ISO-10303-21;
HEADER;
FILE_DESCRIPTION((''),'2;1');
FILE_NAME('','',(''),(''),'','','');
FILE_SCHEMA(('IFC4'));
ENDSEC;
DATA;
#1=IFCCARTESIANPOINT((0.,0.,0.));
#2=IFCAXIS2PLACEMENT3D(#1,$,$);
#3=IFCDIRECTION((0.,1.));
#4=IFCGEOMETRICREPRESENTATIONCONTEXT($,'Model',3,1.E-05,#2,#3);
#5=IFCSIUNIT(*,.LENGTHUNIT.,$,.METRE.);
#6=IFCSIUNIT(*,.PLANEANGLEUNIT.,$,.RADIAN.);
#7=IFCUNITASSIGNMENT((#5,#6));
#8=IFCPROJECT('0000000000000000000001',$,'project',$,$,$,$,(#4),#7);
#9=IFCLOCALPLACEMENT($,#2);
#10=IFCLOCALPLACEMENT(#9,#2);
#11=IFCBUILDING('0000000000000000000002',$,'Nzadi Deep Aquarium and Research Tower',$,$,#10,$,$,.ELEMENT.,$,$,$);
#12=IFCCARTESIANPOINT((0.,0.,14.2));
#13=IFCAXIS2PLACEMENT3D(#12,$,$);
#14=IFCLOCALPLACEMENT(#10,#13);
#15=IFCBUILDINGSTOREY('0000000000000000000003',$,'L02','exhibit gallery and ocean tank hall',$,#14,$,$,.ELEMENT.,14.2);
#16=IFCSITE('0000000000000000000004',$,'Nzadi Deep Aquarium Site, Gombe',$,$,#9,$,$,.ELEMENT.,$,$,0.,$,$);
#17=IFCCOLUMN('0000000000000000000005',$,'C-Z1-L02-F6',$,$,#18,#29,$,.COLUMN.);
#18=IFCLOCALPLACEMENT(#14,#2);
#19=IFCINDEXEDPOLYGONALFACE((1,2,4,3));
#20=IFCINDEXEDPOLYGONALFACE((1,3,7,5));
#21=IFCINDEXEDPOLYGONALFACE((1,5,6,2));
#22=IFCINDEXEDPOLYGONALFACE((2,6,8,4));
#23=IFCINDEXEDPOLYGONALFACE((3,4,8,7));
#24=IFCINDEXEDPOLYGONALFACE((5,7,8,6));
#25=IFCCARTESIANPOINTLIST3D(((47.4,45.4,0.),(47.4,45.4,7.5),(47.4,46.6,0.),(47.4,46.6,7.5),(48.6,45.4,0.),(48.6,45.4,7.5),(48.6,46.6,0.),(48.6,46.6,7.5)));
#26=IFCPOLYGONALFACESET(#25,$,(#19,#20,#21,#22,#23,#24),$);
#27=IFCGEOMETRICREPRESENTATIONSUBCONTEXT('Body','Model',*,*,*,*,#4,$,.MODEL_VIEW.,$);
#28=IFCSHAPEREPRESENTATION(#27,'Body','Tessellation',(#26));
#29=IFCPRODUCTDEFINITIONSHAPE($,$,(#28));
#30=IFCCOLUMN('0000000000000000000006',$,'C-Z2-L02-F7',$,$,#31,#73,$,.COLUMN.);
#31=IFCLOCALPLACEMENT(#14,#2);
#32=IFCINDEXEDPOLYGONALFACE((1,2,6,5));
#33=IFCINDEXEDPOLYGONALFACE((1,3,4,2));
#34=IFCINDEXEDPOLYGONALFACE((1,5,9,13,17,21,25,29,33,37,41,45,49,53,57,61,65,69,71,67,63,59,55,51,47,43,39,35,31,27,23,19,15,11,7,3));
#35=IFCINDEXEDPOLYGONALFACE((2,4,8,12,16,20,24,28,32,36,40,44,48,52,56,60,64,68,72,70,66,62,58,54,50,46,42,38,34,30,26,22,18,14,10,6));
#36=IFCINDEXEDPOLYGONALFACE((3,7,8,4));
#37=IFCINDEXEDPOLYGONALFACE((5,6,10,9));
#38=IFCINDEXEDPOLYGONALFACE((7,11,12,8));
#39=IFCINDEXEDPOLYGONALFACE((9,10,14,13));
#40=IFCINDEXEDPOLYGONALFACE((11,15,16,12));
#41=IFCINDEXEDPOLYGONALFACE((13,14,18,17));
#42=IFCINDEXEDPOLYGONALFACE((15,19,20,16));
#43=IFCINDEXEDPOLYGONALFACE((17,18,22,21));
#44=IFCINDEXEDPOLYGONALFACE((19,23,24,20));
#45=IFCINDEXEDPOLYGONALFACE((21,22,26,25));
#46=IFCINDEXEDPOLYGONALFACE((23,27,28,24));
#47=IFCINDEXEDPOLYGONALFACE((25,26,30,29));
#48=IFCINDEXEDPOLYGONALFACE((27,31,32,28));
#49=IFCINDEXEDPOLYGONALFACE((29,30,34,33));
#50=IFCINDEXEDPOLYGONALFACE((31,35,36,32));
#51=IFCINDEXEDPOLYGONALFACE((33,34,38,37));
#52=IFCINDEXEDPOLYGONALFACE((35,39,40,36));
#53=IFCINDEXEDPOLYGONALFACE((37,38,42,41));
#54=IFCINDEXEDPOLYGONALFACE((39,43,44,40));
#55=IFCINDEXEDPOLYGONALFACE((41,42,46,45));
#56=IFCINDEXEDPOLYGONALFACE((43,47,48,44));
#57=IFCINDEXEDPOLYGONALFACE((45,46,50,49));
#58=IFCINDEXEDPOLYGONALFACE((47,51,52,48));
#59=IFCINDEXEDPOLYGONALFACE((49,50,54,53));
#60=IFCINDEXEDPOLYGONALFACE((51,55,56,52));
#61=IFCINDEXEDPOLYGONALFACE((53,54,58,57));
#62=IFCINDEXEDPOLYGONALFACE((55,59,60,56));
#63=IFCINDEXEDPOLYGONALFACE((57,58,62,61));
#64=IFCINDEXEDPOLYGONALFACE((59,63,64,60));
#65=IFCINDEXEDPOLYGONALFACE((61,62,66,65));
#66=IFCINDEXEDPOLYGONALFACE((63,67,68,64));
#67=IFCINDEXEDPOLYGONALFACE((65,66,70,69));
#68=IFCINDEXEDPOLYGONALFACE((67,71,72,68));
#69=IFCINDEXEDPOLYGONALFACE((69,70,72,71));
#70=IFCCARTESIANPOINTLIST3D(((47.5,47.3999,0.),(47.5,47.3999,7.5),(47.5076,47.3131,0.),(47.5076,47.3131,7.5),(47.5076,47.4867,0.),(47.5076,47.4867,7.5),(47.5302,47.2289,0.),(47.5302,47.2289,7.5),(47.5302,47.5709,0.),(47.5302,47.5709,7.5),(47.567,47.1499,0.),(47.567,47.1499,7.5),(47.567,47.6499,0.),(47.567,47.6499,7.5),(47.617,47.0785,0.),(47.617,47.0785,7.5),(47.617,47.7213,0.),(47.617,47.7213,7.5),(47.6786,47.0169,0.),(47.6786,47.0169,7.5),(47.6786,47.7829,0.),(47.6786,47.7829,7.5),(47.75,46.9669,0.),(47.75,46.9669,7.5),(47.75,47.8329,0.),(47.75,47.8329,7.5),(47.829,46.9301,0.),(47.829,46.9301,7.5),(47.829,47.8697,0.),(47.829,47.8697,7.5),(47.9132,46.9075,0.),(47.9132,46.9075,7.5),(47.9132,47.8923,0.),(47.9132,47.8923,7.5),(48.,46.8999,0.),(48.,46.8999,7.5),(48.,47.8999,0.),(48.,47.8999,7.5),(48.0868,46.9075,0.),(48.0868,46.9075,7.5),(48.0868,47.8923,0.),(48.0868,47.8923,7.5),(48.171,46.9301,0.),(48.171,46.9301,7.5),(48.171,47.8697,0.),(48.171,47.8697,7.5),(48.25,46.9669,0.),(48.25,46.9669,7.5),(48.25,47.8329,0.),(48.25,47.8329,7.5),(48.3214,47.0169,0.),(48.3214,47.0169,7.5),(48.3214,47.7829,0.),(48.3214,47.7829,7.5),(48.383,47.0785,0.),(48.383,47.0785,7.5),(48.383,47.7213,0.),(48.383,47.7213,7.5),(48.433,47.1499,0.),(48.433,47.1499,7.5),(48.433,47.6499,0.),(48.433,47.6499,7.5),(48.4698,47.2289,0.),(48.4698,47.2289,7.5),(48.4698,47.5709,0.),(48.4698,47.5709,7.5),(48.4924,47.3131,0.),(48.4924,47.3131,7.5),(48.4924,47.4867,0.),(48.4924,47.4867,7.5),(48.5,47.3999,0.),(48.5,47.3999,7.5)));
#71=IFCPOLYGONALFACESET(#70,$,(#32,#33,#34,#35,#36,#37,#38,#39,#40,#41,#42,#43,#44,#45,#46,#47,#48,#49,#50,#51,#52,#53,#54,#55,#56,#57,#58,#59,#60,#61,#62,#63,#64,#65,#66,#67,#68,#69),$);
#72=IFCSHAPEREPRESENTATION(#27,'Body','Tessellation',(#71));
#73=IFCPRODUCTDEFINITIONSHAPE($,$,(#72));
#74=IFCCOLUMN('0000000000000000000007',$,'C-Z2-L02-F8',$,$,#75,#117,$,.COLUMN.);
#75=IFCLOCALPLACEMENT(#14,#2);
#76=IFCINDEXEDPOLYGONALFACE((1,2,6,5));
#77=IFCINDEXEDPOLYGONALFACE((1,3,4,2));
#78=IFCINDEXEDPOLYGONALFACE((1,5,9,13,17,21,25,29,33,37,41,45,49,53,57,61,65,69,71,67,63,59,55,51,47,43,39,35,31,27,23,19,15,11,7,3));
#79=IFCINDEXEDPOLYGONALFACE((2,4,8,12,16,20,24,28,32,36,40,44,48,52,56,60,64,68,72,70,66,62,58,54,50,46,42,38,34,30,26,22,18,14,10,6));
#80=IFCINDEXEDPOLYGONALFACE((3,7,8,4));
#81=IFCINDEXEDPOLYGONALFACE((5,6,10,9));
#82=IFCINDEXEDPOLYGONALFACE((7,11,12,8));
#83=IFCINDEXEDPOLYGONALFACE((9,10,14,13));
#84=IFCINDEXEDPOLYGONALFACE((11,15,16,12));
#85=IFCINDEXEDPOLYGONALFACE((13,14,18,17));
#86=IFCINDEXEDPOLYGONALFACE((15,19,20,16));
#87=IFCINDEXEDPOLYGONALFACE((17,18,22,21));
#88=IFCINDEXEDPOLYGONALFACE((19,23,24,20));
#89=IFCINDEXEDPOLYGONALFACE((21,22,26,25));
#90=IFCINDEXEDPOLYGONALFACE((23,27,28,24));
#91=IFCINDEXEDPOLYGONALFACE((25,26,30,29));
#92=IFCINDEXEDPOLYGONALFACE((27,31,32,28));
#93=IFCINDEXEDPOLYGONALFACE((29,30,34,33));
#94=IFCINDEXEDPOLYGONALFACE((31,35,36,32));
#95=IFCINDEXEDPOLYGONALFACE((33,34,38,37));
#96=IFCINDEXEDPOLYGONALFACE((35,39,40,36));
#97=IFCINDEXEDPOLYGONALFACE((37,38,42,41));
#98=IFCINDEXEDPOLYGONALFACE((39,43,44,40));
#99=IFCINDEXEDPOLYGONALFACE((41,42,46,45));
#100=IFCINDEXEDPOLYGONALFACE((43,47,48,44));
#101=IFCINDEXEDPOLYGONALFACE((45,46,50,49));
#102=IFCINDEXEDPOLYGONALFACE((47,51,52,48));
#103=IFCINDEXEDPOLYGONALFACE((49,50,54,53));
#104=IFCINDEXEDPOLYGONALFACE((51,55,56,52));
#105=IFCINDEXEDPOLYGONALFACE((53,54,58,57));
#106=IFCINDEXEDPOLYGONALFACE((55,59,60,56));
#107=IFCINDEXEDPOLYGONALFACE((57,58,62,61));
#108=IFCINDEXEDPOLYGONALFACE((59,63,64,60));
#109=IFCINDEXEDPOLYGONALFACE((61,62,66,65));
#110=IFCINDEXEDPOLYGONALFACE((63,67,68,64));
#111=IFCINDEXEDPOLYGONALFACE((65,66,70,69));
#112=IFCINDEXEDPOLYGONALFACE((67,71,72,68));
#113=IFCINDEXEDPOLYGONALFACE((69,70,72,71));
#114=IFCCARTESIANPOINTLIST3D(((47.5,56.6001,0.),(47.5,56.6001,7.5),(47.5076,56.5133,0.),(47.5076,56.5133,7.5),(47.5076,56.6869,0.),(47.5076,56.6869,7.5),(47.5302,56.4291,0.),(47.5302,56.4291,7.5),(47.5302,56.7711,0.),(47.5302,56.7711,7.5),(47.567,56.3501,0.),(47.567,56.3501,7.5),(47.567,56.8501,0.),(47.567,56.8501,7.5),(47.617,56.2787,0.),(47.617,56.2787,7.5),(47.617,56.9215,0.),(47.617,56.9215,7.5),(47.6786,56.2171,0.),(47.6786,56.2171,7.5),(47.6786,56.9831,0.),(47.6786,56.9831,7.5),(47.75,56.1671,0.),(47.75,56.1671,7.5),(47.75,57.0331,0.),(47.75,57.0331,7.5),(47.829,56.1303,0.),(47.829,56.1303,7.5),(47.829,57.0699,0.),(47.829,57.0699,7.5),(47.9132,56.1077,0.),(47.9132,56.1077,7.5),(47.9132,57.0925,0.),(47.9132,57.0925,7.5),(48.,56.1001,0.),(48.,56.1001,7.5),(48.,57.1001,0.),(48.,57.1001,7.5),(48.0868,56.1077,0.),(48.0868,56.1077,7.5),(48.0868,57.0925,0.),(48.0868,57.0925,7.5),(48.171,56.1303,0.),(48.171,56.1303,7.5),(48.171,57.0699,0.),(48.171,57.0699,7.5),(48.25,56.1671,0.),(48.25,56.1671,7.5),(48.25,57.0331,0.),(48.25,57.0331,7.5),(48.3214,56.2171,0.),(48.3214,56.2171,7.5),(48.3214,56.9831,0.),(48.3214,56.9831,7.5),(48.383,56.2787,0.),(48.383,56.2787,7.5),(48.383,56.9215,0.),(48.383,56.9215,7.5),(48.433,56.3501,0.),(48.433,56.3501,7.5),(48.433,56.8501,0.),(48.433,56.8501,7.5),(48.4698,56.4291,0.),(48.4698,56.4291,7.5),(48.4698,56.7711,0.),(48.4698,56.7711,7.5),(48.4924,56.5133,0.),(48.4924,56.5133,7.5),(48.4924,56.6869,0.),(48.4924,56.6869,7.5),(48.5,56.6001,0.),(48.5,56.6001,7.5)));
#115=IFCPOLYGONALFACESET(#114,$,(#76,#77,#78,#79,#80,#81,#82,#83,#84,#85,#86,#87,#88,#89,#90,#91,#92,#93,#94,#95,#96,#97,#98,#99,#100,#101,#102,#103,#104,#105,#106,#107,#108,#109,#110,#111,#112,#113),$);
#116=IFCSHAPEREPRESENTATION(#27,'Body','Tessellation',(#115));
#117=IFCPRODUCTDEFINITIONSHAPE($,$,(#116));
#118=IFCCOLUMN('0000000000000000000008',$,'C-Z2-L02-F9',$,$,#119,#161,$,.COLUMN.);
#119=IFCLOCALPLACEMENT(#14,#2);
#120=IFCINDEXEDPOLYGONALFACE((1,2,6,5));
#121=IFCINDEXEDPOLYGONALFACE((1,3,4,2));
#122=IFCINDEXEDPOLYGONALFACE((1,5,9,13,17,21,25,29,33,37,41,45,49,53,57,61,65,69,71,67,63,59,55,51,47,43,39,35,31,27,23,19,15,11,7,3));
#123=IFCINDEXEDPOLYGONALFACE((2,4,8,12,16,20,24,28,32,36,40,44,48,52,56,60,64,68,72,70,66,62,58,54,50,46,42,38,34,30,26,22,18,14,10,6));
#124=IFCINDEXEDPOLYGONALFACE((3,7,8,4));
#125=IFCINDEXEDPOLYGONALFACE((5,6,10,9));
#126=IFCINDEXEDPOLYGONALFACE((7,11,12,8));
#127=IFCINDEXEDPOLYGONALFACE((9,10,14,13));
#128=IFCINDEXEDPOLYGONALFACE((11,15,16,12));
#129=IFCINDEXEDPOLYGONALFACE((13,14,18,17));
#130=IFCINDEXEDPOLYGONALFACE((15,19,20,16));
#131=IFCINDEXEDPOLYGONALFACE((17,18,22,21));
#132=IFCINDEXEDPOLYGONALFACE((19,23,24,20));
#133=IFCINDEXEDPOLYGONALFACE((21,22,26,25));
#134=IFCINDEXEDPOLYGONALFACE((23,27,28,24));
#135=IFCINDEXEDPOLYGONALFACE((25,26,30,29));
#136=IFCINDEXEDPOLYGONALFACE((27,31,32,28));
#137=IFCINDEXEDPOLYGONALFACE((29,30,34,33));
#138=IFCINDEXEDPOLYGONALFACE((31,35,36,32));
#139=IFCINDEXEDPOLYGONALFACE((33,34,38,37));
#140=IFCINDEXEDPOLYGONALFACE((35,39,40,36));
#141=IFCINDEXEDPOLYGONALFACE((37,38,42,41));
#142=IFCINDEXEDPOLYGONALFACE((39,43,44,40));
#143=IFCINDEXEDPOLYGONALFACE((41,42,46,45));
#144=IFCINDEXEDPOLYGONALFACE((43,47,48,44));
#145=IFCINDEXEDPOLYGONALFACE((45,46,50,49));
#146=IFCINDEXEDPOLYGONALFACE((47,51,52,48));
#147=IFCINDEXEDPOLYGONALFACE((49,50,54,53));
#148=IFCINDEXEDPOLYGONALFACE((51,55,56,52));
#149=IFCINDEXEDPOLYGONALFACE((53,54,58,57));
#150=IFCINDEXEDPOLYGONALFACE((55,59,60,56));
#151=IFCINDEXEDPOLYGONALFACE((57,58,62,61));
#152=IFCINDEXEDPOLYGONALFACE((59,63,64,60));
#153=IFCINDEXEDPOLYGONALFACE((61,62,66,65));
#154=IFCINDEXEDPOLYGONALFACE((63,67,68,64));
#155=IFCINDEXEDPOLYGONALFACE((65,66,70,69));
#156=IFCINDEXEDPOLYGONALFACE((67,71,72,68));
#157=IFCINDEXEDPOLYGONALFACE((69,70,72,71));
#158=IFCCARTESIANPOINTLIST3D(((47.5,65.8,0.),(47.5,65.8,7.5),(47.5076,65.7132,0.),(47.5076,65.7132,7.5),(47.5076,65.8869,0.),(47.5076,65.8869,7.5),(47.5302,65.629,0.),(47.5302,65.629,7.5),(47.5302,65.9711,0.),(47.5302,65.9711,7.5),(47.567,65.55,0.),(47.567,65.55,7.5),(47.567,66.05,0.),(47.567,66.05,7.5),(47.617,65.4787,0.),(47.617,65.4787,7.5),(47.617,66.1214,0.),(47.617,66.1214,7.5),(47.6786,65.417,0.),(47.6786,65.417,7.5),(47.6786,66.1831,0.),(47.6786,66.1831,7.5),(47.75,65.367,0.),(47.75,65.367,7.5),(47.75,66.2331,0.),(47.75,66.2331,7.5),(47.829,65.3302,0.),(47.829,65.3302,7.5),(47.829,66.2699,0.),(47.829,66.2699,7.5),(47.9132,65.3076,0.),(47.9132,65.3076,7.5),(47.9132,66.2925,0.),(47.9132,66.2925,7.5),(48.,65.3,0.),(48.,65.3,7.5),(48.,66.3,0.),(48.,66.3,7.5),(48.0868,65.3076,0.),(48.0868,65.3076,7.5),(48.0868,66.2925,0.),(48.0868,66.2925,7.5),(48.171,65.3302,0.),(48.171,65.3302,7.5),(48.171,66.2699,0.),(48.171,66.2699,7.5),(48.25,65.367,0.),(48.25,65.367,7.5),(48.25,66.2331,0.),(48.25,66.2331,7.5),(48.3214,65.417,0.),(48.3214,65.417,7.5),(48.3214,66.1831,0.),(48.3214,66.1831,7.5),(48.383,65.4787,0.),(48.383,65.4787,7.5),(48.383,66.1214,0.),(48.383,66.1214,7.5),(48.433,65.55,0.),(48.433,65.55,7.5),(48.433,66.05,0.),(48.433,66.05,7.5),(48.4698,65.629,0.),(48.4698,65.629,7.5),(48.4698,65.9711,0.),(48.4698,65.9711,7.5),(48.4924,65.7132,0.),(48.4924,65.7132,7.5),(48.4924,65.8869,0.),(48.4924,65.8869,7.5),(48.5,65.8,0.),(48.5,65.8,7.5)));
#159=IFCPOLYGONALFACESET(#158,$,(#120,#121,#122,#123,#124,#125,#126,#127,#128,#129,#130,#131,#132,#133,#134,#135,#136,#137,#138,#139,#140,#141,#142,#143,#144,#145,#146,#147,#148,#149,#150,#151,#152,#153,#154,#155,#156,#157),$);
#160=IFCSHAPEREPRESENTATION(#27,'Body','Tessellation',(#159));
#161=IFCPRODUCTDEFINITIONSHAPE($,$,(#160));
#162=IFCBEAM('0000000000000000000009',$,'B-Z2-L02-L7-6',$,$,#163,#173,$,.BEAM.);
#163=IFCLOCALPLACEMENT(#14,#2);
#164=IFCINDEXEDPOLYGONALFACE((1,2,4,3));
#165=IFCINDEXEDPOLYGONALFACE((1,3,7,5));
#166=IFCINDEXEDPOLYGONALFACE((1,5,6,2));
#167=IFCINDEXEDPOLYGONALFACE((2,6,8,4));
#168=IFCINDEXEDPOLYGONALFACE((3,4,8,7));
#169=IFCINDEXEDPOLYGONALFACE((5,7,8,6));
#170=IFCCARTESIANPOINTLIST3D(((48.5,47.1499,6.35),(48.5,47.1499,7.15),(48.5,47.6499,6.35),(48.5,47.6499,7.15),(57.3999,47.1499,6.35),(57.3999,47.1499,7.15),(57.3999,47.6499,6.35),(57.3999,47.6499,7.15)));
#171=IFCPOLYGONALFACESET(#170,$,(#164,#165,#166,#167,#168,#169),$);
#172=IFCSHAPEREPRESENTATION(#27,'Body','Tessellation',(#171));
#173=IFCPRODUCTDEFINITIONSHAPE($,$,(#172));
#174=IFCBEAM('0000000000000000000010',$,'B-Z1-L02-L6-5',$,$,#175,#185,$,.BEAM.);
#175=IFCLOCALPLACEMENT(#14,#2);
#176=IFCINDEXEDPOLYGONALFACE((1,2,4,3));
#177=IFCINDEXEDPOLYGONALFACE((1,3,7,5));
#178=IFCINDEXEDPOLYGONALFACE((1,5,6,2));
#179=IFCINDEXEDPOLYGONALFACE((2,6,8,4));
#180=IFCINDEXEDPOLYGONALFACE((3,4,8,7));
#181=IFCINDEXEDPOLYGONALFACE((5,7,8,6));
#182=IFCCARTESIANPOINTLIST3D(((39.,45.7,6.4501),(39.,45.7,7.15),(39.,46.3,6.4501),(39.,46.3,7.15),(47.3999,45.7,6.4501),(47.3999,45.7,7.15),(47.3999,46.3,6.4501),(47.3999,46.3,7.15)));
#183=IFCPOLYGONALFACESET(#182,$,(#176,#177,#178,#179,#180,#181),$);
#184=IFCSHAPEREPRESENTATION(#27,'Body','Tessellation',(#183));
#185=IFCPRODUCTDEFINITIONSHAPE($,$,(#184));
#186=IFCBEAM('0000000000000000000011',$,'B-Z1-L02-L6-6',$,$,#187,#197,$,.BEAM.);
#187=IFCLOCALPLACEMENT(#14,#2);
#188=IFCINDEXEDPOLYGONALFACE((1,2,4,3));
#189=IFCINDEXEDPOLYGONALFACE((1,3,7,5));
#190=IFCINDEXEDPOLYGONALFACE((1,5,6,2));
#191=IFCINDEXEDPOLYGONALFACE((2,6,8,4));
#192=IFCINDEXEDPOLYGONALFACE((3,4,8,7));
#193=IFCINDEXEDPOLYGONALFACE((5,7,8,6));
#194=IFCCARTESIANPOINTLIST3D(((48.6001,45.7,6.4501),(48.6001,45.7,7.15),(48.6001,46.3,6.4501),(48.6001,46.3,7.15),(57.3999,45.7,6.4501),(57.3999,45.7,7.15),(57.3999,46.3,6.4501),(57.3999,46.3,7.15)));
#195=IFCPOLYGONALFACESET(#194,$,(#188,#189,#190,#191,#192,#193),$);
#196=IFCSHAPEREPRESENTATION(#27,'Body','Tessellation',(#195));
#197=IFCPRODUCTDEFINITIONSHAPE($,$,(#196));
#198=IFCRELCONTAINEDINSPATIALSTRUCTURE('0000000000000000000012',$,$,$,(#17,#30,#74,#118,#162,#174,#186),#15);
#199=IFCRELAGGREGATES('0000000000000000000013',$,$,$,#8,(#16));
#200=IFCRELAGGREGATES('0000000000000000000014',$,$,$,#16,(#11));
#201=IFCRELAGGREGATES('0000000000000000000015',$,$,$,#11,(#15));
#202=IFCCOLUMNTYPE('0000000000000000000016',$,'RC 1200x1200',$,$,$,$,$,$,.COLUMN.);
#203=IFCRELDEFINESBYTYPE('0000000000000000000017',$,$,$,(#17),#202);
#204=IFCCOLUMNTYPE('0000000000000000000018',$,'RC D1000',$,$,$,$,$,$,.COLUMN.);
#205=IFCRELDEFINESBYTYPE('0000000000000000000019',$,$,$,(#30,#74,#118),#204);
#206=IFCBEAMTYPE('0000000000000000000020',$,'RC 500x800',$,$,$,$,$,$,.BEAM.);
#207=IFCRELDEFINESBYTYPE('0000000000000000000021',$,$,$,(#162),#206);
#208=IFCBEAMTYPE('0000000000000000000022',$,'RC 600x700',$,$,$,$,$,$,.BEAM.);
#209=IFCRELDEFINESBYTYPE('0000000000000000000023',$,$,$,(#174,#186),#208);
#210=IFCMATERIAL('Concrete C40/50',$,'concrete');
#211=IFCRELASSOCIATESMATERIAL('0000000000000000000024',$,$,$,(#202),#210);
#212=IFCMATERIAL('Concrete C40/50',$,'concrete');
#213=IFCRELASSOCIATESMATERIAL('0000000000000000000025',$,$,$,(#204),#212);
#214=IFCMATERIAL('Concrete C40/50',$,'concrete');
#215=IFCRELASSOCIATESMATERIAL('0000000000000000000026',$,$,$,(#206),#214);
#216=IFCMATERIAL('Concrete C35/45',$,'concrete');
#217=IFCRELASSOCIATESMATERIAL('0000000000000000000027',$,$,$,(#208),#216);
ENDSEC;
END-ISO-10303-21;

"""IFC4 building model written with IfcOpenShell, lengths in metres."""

from ifc_helpers import new_model, si_unit, direction, frame, origin, origin_2d, place, context, subcontext, project, spatial, rectangle, circle, extrude, material, material_profile, profile_set, type_object, element, save


model = new_model("IFC4")

# Units and contexts
model_context = context("Model", 3, precision=1e-05, world=origin(), true_north=direction((0.0, 1.0)))
body_context = subcontext(model_context, "Body", "Model", "MODEL_VIEW")
ifc_project = project(units=[si_unit("LENGTHUNIT", "METRE"), si_unit("PLANEANGLEUNIT", "RADIAN")], contexts=[model_context])

# Site, building, storey
site_placement = place(None, origin())
site = spatial("IfcSite", under=ifc_project, at=site_placement, Name="Nzadi Deep Aquarium Site, Gombe", CompositionType="ELEMENT", RefElevation=0.0)
building_placement = place(site_placement, origin())
building = spatial("IfcBuilding", under=site, at=building_placement, Name="Nzadi Deep Aquarium and Research Tower", CompositionType="ELEMENT")
storey_placement = place(building_placement, frame((0.0, 0.0, 14.2)))
storey = spatial("IfcBuildingStorey", under=building, at=storey_placement, Name="L02", Description="exhibit gallery and ocean tank hall", CompositionType="ELEMENT", Elevation=14.2)

# Columns
ifc_material_1 = material(Name="Concrete C40/50", Category="concrete")
ifc_material_profile_1 = material_profile(ifc_material_1, rectangle(XDim=1.2, YDim=1.2, at=origin_2d()))
ifc_profile_set_1 = profile_set([ifc_material_profile_1], Name="Concrete C40/50")
column_type_1 = type_object("IfcColumnType", Name="RC 1200x1200", PredefinedType="COLUMN", material=ifc_profile_set_1)
column_placement = place(storey_placement, frame((48.0, 46.0, 0.0), z_axis=(0.0, 0.0, 1.0), x_axis=(1.0, 0.0, 0.0)))
element("IfcColumn", 1, at=column_placement, inside=storey, type_object=column_type_1, Name="C-Z1-L02-F6", PredefinedType="COLUMN", context=body_context, shape_type="SweptSolid", body=[
    extrude(rectangle(XDim=1.2, YDim=1.2, at=origin_2d()), origin(), (0.0, 0.0, 1.0), 7.5),
])
ifc_material_2 = material(Name="Concrete C40/50", Category="concrete")
ifc_material_profile_2 = material_profile(ifc_material_2, circle(Radius=0.5, at=origin_2d()))
ifc_profile_set_2 = profile_set([ifc_material_profile_2], Name="Concrete C40/50")
column_type_2 = type_object("IfcColumnType", Name="RC D1000", PredefinedType="COLUMN", material=ifc_profile_set_2)
for number, where, z_axis, x_axis, name in (
    (2, (48.0, 47.3999, 0.0), (0.0, 0.0, 1.0), (1.0, 0.0, 0.0), "C-Z2-L02-F7"),
    (3, (48.0, 56.6001, 0.0), (0.0, 0.0, 1.0), (1.0, 0.0, 0.0), "C-Z2-L02-F8"),
    (4, (48.0, 65.8, 0.0), (0.0, 0.0, 1.0), (1.0, 0.0, 0.0), "C-Z2-L02-F9"),
):
    element("IfcColumn", number, at=place(storey_placement, frame(where, z_axis=z_axis, x_axis=x_axis)), inside=storey, type_object=column_type_2, Name=name, PredefinedType="COLUMN", context=body_context, shape_type="SweptSolid", body=[
        extrude(circle(Radius=0.5, at=origin_2d()), origin(), (0.0, 0.0, 1.0), 7.5),
    ])

# Beams
ifc_material_3 = material(Name="Concrete C40/50", Category="concrete")
ifc_material_profile_3 = material_profile(ifc_material_3, rectangle(XDim=0.5, YDim=0.8, at=origin_2d()))
ifc_profile_set_3 = profile_set([ifc_material_profile_3], Name="Concrete C40/50")
beam_type_1 = type_object("IfcBeamType", Name="RC 500x800", PredefinedType="BEAM", material=ifc_profile_set_3)
beam_1_placement = place(storey_placement, frame((48.5, 47.3999, 6.75), z_axis=(1.0, 0.0, 0.0), x_axis=(0.0, 1.0, 0.0)))
element("IfcBeam", 5, at=beam_1_placement, inside=storey, type_object=beam_type_1, Name="B-Z2-L02-L7-6", PredefinedType="BEAM", context=body_context, shape_type="SweptSolid", body=[
    extrude(rectangle(XDim=0.5, YDim=0.8, at=origin_2d()), origin(), (0.0, 0.0, 1.0), 8.8999),
])
ifc_material_4 = material(Name="Concrete C35/45", Category="concrete")
ifc_material_profile_4 = material_profile(ifc_material_4, rectangle(XDim=0.6001, YDim=0.7, at=origin_2d()))
ifc_profile_set_4 = profile_set([ifc_material_profile_4], Name="Concrete C35/45")
beam_type_2 = type_object("IfcBeamType", Name="RC 600x700", PredefinedType="BEAM", material=ifc_profile_set_4)
beam_2_placement = place(storey_placement, frame((39.0, 46.0, 6.8), z_axis=(1.0, 0.0, 0.0), x_axis=(0.0, 1.0, 0.0)))
element("IfcBeam", 6, at=beam_2_placement, inside=storey, type_object=beam_type_2, Name="B-Z1-L02-L6-5", PredefinedType="BEAM", context=body_context, shape_type="SweptSolid", body=[
    extrude(rectangle(XDim=0.6001, YDim=0.7, at=origin_2d()), origin(), (0.0, 0.0, 1.0), 8.3999),
])
beam_3_placement = place(storey_placement, frame((48.6001, 46.0, 6.8), z_axis=(1.0, 0.0, 0.0), x_axis=(0.0, 1.0, 0.0)))
element("IfcBeam", 7, at=beam_3_placement, inside=storey, type_object=beam_type_2, Name="B-Z1-L02-L6-6", PredefinedType="BEAM", context=body_context, shape_type="SweptSolid", body=[
    extrude(rectangle(XDim=0.6001, YDim=0.7, at=origin_2d()), origin(), (0.0, 0.0, 1.0), 8.7998),
])

save(model, "model.ifc")
